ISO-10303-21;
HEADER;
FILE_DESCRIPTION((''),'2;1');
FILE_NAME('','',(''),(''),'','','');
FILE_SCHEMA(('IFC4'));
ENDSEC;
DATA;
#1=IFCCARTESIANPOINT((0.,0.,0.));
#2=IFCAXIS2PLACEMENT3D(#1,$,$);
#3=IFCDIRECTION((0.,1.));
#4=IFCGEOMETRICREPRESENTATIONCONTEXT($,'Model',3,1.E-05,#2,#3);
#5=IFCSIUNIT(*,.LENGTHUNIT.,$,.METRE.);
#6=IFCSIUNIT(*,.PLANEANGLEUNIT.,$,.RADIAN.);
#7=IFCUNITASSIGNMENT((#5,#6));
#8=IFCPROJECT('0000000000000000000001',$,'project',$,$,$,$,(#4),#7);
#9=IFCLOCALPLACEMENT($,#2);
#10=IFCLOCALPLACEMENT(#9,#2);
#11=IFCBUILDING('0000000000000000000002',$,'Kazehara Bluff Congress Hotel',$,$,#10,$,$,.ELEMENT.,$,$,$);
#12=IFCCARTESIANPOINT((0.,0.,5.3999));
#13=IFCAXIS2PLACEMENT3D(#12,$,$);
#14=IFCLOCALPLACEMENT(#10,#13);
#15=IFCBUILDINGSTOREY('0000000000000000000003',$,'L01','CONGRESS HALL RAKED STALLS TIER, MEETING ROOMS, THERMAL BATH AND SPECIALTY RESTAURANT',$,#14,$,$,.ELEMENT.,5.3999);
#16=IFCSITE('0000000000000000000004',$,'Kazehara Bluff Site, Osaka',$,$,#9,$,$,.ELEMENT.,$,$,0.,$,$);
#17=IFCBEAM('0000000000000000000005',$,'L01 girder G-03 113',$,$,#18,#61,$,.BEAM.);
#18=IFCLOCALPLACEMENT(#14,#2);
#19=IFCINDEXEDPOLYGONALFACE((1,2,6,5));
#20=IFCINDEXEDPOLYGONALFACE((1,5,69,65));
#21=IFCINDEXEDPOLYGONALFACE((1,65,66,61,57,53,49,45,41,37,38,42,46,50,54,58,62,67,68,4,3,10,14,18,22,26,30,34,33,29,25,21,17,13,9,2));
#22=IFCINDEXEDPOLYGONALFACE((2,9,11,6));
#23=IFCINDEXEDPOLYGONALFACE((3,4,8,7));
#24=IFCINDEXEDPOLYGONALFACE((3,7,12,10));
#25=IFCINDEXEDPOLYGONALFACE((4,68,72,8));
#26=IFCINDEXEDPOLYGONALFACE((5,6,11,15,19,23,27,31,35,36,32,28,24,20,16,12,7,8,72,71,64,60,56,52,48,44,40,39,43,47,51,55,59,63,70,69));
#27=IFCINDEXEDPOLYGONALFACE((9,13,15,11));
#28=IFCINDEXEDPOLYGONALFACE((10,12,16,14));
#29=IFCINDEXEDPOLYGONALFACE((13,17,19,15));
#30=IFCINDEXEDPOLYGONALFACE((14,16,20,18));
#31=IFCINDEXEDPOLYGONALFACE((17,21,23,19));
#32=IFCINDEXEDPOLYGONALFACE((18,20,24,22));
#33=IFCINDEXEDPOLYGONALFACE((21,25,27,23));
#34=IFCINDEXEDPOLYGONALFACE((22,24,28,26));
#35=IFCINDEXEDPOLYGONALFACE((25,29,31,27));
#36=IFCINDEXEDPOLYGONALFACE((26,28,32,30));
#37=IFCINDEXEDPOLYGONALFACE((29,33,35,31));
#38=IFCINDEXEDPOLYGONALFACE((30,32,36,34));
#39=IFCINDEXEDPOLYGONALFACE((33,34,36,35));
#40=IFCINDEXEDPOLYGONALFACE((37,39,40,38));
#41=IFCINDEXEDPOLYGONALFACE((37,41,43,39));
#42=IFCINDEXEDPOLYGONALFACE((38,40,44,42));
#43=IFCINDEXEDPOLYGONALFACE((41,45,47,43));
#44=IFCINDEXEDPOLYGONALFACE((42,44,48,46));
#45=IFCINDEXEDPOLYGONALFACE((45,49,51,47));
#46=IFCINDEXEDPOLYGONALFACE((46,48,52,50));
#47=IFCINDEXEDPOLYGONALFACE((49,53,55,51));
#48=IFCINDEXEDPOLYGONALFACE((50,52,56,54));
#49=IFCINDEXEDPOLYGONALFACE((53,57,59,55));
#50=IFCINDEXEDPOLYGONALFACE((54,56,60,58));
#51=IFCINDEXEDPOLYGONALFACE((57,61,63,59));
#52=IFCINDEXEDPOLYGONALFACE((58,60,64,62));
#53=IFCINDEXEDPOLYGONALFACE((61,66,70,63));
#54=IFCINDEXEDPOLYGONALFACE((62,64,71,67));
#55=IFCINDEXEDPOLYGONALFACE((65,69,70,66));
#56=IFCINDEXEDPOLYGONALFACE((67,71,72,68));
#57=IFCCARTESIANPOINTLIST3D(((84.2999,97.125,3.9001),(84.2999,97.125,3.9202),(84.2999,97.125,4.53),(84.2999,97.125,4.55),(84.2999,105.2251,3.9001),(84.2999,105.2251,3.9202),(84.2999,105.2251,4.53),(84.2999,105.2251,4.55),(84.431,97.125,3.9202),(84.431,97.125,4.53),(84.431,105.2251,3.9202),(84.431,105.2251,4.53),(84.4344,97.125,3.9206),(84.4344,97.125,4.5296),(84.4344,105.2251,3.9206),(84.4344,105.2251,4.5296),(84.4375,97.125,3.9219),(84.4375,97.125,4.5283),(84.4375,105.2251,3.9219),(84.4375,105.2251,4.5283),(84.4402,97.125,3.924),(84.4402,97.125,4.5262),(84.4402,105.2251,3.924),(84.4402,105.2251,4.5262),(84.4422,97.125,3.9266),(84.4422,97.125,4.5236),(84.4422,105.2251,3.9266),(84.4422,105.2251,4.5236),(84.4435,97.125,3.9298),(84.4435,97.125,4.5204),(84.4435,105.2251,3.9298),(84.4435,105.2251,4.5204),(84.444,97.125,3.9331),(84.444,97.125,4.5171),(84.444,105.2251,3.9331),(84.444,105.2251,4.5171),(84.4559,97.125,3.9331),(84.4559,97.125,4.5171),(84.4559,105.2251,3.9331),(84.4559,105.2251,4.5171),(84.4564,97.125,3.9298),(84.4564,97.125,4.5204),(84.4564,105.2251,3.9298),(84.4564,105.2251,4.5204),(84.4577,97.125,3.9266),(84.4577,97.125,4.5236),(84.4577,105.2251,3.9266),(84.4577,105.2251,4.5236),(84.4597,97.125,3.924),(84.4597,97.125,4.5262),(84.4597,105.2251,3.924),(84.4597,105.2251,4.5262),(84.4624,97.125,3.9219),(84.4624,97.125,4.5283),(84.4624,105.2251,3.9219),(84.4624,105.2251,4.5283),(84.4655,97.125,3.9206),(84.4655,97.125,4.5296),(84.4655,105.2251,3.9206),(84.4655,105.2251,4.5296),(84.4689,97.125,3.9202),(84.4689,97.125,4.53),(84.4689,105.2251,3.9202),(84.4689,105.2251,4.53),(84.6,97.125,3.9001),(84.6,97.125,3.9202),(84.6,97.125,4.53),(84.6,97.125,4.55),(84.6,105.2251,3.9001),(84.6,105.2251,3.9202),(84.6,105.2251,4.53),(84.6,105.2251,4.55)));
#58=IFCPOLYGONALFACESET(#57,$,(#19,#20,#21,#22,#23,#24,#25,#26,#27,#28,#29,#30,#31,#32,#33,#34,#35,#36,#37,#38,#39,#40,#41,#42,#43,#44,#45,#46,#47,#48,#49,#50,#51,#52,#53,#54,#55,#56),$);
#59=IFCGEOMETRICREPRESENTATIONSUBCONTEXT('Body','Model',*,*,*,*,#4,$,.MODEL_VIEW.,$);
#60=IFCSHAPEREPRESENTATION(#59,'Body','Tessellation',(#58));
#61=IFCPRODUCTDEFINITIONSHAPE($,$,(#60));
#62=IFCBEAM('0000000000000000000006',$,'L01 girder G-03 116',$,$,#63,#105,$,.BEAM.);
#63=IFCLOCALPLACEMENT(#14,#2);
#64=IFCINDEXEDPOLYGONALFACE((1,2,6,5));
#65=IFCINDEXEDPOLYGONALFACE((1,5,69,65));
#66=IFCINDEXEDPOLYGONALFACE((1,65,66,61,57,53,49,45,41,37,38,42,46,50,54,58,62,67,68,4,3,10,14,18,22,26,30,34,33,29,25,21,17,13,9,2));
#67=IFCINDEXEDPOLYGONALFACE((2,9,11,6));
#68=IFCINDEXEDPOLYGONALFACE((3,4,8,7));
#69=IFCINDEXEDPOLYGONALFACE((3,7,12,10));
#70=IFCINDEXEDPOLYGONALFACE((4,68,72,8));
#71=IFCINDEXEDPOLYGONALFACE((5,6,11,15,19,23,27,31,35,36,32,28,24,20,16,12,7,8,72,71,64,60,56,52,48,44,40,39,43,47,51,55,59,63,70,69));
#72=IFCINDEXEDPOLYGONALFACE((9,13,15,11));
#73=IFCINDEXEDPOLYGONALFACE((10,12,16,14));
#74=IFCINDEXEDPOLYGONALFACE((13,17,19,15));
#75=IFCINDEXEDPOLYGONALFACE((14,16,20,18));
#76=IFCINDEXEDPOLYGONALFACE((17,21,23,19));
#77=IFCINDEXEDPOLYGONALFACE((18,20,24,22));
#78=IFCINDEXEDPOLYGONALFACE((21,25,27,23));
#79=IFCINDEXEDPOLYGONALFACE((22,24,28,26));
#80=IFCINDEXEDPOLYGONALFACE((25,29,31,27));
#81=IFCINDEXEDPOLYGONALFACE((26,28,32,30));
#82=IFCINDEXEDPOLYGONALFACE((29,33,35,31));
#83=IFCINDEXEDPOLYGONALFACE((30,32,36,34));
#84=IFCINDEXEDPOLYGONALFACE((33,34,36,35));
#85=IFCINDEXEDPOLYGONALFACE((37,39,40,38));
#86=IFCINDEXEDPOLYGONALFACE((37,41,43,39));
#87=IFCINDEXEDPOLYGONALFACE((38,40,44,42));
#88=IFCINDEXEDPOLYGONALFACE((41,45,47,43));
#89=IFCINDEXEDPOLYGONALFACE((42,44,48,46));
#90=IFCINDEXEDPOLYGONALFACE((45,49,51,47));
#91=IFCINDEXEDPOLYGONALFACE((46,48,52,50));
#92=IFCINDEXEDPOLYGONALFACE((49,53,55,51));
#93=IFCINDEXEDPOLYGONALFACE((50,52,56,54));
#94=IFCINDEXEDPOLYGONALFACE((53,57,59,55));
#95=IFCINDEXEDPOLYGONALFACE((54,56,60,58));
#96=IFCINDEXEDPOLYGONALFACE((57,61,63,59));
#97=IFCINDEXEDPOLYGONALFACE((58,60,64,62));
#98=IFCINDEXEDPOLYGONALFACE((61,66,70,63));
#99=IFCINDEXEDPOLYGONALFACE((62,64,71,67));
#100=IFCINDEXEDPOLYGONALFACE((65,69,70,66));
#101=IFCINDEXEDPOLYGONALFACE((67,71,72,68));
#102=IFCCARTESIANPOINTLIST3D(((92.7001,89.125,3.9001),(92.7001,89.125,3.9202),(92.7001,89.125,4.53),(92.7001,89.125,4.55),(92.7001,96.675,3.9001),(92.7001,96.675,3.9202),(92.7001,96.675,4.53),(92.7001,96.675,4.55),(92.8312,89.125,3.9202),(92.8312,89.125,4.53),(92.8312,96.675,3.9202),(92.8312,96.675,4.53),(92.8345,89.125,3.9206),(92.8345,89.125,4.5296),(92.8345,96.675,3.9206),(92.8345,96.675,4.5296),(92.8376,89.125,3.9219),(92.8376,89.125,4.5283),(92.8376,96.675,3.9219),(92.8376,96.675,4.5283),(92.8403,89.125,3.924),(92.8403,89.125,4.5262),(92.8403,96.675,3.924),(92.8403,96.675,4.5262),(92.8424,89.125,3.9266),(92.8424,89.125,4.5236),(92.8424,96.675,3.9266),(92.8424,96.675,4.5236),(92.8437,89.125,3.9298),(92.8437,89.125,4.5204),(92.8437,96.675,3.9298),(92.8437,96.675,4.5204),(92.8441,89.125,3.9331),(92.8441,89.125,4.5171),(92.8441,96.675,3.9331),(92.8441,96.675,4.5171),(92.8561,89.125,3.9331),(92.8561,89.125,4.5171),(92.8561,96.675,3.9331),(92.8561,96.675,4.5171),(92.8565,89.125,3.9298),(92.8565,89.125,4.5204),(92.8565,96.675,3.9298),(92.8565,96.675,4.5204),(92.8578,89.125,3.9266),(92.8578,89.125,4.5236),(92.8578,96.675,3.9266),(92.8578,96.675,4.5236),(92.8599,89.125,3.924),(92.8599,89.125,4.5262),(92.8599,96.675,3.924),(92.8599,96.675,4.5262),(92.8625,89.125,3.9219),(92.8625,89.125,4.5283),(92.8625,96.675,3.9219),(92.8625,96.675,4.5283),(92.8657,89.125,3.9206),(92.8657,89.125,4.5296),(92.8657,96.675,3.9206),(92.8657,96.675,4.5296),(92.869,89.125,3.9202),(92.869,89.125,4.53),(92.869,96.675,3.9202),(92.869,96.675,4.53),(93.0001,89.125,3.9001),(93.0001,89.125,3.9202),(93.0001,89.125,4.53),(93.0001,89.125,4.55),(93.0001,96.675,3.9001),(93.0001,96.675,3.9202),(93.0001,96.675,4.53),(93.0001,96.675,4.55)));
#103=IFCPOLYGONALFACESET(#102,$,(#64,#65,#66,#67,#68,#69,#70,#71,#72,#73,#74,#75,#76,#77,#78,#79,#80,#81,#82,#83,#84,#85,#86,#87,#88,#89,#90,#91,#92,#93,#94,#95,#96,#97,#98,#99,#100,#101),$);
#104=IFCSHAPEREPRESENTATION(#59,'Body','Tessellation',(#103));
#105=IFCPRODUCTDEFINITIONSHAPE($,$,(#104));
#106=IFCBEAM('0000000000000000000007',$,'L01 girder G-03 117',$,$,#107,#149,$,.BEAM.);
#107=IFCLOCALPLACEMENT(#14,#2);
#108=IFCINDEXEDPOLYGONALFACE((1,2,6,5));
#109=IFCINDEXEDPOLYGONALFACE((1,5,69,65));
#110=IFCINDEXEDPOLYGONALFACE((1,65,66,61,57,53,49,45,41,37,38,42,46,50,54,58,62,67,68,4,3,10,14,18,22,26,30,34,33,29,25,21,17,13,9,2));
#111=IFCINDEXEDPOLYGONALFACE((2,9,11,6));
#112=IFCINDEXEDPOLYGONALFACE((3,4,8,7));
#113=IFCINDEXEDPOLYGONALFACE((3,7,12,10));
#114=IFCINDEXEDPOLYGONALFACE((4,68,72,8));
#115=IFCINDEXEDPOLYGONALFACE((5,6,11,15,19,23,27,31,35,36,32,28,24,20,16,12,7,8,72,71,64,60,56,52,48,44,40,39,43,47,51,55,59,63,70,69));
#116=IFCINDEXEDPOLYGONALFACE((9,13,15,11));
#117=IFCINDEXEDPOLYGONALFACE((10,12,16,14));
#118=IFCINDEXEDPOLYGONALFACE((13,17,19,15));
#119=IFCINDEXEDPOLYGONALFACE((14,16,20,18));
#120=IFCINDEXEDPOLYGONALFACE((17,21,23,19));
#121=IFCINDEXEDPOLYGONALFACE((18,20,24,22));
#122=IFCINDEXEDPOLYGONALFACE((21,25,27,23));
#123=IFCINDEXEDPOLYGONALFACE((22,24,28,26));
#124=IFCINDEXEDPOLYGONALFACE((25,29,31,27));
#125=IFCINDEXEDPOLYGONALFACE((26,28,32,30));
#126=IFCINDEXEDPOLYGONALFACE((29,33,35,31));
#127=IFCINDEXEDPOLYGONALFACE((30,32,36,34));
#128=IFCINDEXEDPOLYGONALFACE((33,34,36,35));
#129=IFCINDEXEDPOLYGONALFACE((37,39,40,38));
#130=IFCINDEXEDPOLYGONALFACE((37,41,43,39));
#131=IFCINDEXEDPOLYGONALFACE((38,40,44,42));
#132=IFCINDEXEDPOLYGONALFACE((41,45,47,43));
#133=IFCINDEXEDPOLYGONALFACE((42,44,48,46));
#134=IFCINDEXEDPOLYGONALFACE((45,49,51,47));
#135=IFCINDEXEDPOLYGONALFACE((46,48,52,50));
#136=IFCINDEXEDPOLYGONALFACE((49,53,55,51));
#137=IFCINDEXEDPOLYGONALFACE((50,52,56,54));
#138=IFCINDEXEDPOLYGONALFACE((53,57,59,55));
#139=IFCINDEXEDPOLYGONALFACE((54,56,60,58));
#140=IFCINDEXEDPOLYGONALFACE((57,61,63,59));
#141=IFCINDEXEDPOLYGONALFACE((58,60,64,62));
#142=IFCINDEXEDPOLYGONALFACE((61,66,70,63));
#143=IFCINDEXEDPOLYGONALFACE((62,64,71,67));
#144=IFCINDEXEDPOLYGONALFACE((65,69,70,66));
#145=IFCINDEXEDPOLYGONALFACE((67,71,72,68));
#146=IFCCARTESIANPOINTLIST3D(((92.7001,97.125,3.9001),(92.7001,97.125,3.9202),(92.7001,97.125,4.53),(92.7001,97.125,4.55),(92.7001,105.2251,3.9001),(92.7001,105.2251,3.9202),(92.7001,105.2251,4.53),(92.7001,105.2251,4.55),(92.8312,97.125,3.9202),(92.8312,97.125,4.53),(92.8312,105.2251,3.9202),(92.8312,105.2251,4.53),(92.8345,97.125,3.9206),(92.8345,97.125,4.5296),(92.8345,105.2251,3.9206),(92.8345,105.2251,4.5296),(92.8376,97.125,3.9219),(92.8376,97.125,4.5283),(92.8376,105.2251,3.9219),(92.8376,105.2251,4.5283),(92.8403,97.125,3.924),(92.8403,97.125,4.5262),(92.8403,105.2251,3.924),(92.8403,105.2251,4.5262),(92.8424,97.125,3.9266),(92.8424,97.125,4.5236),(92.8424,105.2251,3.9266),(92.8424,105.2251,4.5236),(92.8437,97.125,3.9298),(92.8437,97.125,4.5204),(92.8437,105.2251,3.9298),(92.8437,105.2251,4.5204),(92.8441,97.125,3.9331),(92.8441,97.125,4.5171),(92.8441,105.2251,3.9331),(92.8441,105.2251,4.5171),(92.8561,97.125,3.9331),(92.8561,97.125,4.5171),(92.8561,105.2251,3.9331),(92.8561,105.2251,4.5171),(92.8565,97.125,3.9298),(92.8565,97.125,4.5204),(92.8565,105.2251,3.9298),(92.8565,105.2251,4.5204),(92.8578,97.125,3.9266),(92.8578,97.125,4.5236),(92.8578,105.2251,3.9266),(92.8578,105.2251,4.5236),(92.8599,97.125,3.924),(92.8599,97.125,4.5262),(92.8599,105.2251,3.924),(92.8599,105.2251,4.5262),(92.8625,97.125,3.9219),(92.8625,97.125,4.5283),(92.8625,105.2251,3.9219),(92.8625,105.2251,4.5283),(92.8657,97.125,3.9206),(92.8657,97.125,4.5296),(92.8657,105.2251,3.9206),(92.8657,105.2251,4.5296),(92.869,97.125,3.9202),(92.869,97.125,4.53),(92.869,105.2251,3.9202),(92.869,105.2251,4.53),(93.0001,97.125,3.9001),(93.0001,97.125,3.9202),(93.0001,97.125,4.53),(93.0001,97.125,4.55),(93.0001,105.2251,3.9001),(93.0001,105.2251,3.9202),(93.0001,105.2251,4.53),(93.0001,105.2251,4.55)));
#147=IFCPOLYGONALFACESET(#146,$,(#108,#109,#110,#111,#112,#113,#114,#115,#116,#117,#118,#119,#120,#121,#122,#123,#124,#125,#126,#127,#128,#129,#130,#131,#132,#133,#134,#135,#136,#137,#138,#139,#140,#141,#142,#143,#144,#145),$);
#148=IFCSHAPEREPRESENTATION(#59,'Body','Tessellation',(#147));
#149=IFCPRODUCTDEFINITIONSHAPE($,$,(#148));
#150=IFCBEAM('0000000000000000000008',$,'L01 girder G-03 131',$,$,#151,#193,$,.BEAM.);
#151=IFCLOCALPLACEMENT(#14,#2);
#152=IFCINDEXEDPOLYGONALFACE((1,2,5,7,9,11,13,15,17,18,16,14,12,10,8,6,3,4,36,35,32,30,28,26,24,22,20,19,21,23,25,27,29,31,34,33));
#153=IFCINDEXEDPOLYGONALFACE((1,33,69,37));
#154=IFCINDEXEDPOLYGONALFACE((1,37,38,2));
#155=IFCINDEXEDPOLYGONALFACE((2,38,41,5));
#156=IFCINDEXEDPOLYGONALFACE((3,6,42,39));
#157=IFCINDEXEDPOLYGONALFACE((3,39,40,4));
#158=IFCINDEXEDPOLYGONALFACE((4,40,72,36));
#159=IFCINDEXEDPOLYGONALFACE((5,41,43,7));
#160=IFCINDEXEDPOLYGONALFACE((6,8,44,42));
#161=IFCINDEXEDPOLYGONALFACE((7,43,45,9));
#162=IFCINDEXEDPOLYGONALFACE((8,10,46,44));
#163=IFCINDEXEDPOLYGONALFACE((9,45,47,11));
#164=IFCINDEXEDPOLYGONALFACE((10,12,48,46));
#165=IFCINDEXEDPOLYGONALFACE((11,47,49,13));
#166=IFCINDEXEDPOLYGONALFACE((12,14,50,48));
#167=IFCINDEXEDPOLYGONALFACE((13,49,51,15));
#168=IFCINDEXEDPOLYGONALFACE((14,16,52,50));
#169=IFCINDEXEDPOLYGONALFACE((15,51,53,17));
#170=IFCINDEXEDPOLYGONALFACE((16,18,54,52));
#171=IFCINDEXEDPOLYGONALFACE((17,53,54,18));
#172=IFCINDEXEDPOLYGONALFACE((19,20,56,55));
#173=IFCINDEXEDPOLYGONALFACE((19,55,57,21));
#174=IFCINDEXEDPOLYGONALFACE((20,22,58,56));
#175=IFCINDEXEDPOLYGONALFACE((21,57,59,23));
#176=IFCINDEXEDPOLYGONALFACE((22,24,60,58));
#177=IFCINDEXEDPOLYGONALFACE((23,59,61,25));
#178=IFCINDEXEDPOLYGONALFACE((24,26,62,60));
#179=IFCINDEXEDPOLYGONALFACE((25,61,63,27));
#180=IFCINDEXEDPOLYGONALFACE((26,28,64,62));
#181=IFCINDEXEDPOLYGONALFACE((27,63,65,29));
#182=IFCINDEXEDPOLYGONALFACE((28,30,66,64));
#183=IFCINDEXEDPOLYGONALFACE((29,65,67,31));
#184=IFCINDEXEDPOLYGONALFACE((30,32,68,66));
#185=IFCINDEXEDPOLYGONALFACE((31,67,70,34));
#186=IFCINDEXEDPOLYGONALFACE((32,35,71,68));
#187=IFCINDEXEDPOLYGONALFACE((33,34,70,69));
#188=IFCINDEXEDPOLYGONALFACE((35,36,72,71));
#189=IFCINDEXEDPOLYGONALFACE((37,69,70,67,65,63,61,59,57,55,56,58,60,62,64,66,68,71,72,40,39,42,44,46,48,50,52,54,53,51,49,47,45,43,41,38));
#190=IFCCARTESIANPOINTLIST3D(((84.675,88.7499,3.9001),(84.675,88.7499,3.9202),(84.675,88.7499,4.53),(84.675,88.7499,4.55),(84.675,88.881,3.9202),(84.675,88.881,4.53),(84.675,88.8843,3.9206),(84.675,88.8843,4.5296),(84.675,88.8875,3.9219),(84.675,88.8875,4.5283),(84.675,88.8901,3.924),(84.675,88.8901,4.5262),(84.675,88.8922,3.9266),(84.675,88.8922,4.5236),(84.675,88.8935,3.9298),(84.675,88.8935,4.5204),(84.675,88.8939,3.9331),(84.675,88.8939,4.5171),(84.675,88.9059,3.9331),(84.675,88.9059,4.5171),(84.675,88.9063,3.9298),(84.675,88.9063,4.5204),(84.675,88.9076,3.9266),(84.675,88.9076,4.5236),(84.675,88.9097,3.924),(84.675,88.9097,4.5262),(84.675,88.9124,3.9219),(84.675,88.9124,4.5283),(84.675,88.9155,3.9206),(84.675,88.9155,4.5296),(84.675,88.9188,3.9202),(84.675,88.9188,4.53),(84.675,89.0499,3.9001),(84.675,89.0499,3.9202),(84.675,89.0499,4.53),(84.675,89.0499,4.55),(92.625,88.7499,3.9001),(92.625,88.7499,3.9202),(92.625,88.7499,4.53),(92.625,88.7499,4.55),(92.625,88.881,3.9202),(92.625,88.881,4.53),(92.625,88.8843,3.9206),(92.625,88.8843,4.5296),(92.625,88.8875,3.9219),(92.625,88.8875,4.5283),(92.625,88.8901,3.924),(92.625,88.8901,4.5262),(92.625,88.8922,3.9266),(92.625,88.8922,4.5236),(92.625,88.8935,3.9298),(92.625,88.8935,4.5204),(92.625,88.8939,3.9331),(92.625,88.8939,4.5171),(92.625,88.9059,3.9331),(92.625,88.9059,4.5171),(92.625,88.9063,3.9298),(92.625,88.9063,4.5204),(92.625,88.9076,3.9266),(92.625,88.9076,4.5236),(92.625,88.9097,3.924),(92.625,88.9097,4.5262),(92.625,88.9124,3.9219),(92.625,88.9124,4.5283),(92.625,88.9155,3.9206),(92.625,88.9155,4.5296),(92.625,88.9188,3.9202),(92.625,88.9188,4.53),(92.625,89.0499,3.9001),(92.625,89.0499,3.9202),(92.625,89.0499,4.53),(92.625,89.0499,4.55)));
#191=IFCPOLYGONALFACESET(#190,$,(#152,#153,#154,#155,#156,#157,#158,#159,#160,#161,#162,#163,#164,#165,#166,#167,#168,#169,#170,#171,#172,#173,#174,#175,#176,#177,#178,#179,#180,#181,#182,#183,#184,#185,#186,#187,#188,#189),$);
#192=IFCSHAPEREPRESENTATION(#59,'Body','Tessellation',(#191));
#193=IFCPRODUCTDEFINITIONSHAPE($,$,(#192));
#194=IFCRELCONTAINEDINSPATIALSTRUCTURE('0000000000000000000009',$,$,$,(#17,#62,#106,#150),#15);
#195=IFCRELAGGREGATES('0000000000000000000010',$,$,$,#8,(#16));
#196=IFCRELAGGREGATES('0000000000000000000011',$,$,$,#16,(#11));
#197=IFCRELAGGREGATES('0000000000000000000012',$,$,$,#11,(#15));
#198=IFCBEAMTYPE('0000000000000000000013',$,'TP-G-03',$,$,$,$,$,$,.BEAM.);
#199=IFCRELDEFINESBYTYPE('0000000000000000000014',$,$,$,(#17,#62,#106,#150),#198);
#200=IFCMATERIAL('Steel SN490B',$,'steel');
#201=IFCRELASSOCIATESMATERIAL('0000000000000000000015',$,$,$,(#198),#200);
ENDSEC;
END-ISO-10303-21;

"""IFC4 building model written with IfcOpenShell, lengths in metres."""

from ifc_helpers import new_model, si_unit, direction, frame, origin, origin_2d, place, context, subcontext, project, spatial, i_section, extrude, material, material_profile, profile_set, type_object, element, save


model = new_model("IFC4")

# Units and contexts
model_context = context("Model", 3, precision=1e-05, world=origin(), true_north=direction((0.0, 1.0)))
body_context = subcontext(model_context, "Body", "Model", "MODEL_VIEW")
ifc_project = project(units=[si_unit("LENGTHUNIT", "METRE"), si_unit("PLANEANGLEUNIT", "RADIAN")], contexts=[model_context])

# Site, building, storey
site_placement = place(None, origin())
site = spatial("IfcSite", under=ifc_project, at=site_placement, Name="Kazehara Bluff Site, Osaka", CompositionType="ELEMENT", RefElevation=0.0)
building_placement = place(site_placement, origin())
building = spatial("IfcBuilding", under=site, at=building_placement, Name="Kazehara Bluff Congress Hotel", CompositionType="ELEMENT")
storey_placement = place(building_placement, frame((0.0, 0.0, 5.3999)))
storey = spatial("IfcBuildingStorey", under=building, at=storey_placement, Name="L01", Description="CONGRESS HALL RAKED STALLS TIER, MEETING ROOMS, THERMAL BATH AND SPECIALTY RESTAURANT", CompositionType="ELEMENT", Elevation=5.3999)

# Beams
ifc_material_1 = material(Name="Steel SN490B", Category="steel")
ifc_material_profile_1 = material_profile(ifc_material_1, i_section(OverallWidth=0.3, OverallDepth=0.6499, WebThickness=0.012, FlangeThickness=0.02, FilletRadius=0.0129, at=origin_2d()))
ifc_profile_set_1 = profile_set([ifc_material_profile_1], Name="Steel SN490B")
beam_type_1 = type_object("IfcBeamType", Name="TP-G-03", PredefinedType="BEAM", material=ifc_profile_set_1)
beam_1_placement = place(storey_placement, frame((84.45, 97.125, 4.2251), z_axis=(0.0, 1.0, 0.0), x_axis=(-1.0, 0.0, 0.0)))
element("IfcBeam", 1, at=beam_1_placement, inside=storey, type_object=beam_type_1, Name="L01 girder G-03 113", PredefinedType="BEAM", context=body_context, shape_type="SweptSolid", body=[
    extrude(i_section(OverallWidth=0.3, OverallDepth=0.6499, WebThickness=0.012, FlangeThickness=0.02, FilletRadius=0.0129, at=origin_2d()), origin(), (0.0, 0.0, 1.0), 8.1001),
])
beam_2_placement = place(storey_placement, frame((92.8501, 89.125, 4.2251), z_axis=(0.0, 1.0, 0.0), x_axis=(-1.0, 0.0, 0.0)))
element("IfcBeam", 2, at=beam_2_placement, inside=storey, type_object=beam_type_1, Name="L01 girder G-03 116", PredefinedType="BEAM", context=body_context, shape_type="SweptSolid", body=[
    extrude(i_section(OverallWidth=0.3, OverallDepth=0.6499, WebThickness=0.012, FlangeThickness=0.02, FilletRadius=0.0129, at=origin_2d()), origin(), (0.0, 0.0, 1.0), 7.55),
])
beam_3_placement = place(storey_placement, frame((92.8501, 97.125, 4.2251), z_axis=(0.0, 1.0, 0.0), x_axis=(-1.0, 0.0, 0.0)))
element("IfcBeam", 3, at=beam_3_placement, inside=storey, type_object=beam_type_1, Name="L01 girder G-03 117", PredefinedType="BEAM", context=body_context, shape_type="SweptSolid", body=[
    extrude(i_section(OverallWidth=0.3, OverallDepth=0.6499, WebThickness=0.012, FlangeThickness=0.02, FilletRadius=0.0129, at=origin_2d()), origin(), (0.0, 0.0, 1.0), 8.1001),
])
for number, where, z_axis, x_axis, name in (
    (4, (84.675, 88.8999, 4.2251), (1.0, 0.0, 0.0), (0.0, 1.0, 0.0), "L01 girder G-03 131"),
):
    element("IfcBeam", number, at=place(storey_placement, frame(where, z_axis=z_axis, x_axis=x_axis)), inside=storey, type_object=beam_type_1, Name=name, PredefinedType="BEAM", context=body_context, shape_type="SweptSolid", body=[
        extrude(i_section(OverallWidth=0.3, OverallDepth=0.6499, WebThickness=0.012, FlangeThickness=0.02, FilletRadius=0.0129, at=origin_2d()), origin(), (0.0, 0.0, 1.0), 7.95),
    ])

save(model, "model.ifc")
